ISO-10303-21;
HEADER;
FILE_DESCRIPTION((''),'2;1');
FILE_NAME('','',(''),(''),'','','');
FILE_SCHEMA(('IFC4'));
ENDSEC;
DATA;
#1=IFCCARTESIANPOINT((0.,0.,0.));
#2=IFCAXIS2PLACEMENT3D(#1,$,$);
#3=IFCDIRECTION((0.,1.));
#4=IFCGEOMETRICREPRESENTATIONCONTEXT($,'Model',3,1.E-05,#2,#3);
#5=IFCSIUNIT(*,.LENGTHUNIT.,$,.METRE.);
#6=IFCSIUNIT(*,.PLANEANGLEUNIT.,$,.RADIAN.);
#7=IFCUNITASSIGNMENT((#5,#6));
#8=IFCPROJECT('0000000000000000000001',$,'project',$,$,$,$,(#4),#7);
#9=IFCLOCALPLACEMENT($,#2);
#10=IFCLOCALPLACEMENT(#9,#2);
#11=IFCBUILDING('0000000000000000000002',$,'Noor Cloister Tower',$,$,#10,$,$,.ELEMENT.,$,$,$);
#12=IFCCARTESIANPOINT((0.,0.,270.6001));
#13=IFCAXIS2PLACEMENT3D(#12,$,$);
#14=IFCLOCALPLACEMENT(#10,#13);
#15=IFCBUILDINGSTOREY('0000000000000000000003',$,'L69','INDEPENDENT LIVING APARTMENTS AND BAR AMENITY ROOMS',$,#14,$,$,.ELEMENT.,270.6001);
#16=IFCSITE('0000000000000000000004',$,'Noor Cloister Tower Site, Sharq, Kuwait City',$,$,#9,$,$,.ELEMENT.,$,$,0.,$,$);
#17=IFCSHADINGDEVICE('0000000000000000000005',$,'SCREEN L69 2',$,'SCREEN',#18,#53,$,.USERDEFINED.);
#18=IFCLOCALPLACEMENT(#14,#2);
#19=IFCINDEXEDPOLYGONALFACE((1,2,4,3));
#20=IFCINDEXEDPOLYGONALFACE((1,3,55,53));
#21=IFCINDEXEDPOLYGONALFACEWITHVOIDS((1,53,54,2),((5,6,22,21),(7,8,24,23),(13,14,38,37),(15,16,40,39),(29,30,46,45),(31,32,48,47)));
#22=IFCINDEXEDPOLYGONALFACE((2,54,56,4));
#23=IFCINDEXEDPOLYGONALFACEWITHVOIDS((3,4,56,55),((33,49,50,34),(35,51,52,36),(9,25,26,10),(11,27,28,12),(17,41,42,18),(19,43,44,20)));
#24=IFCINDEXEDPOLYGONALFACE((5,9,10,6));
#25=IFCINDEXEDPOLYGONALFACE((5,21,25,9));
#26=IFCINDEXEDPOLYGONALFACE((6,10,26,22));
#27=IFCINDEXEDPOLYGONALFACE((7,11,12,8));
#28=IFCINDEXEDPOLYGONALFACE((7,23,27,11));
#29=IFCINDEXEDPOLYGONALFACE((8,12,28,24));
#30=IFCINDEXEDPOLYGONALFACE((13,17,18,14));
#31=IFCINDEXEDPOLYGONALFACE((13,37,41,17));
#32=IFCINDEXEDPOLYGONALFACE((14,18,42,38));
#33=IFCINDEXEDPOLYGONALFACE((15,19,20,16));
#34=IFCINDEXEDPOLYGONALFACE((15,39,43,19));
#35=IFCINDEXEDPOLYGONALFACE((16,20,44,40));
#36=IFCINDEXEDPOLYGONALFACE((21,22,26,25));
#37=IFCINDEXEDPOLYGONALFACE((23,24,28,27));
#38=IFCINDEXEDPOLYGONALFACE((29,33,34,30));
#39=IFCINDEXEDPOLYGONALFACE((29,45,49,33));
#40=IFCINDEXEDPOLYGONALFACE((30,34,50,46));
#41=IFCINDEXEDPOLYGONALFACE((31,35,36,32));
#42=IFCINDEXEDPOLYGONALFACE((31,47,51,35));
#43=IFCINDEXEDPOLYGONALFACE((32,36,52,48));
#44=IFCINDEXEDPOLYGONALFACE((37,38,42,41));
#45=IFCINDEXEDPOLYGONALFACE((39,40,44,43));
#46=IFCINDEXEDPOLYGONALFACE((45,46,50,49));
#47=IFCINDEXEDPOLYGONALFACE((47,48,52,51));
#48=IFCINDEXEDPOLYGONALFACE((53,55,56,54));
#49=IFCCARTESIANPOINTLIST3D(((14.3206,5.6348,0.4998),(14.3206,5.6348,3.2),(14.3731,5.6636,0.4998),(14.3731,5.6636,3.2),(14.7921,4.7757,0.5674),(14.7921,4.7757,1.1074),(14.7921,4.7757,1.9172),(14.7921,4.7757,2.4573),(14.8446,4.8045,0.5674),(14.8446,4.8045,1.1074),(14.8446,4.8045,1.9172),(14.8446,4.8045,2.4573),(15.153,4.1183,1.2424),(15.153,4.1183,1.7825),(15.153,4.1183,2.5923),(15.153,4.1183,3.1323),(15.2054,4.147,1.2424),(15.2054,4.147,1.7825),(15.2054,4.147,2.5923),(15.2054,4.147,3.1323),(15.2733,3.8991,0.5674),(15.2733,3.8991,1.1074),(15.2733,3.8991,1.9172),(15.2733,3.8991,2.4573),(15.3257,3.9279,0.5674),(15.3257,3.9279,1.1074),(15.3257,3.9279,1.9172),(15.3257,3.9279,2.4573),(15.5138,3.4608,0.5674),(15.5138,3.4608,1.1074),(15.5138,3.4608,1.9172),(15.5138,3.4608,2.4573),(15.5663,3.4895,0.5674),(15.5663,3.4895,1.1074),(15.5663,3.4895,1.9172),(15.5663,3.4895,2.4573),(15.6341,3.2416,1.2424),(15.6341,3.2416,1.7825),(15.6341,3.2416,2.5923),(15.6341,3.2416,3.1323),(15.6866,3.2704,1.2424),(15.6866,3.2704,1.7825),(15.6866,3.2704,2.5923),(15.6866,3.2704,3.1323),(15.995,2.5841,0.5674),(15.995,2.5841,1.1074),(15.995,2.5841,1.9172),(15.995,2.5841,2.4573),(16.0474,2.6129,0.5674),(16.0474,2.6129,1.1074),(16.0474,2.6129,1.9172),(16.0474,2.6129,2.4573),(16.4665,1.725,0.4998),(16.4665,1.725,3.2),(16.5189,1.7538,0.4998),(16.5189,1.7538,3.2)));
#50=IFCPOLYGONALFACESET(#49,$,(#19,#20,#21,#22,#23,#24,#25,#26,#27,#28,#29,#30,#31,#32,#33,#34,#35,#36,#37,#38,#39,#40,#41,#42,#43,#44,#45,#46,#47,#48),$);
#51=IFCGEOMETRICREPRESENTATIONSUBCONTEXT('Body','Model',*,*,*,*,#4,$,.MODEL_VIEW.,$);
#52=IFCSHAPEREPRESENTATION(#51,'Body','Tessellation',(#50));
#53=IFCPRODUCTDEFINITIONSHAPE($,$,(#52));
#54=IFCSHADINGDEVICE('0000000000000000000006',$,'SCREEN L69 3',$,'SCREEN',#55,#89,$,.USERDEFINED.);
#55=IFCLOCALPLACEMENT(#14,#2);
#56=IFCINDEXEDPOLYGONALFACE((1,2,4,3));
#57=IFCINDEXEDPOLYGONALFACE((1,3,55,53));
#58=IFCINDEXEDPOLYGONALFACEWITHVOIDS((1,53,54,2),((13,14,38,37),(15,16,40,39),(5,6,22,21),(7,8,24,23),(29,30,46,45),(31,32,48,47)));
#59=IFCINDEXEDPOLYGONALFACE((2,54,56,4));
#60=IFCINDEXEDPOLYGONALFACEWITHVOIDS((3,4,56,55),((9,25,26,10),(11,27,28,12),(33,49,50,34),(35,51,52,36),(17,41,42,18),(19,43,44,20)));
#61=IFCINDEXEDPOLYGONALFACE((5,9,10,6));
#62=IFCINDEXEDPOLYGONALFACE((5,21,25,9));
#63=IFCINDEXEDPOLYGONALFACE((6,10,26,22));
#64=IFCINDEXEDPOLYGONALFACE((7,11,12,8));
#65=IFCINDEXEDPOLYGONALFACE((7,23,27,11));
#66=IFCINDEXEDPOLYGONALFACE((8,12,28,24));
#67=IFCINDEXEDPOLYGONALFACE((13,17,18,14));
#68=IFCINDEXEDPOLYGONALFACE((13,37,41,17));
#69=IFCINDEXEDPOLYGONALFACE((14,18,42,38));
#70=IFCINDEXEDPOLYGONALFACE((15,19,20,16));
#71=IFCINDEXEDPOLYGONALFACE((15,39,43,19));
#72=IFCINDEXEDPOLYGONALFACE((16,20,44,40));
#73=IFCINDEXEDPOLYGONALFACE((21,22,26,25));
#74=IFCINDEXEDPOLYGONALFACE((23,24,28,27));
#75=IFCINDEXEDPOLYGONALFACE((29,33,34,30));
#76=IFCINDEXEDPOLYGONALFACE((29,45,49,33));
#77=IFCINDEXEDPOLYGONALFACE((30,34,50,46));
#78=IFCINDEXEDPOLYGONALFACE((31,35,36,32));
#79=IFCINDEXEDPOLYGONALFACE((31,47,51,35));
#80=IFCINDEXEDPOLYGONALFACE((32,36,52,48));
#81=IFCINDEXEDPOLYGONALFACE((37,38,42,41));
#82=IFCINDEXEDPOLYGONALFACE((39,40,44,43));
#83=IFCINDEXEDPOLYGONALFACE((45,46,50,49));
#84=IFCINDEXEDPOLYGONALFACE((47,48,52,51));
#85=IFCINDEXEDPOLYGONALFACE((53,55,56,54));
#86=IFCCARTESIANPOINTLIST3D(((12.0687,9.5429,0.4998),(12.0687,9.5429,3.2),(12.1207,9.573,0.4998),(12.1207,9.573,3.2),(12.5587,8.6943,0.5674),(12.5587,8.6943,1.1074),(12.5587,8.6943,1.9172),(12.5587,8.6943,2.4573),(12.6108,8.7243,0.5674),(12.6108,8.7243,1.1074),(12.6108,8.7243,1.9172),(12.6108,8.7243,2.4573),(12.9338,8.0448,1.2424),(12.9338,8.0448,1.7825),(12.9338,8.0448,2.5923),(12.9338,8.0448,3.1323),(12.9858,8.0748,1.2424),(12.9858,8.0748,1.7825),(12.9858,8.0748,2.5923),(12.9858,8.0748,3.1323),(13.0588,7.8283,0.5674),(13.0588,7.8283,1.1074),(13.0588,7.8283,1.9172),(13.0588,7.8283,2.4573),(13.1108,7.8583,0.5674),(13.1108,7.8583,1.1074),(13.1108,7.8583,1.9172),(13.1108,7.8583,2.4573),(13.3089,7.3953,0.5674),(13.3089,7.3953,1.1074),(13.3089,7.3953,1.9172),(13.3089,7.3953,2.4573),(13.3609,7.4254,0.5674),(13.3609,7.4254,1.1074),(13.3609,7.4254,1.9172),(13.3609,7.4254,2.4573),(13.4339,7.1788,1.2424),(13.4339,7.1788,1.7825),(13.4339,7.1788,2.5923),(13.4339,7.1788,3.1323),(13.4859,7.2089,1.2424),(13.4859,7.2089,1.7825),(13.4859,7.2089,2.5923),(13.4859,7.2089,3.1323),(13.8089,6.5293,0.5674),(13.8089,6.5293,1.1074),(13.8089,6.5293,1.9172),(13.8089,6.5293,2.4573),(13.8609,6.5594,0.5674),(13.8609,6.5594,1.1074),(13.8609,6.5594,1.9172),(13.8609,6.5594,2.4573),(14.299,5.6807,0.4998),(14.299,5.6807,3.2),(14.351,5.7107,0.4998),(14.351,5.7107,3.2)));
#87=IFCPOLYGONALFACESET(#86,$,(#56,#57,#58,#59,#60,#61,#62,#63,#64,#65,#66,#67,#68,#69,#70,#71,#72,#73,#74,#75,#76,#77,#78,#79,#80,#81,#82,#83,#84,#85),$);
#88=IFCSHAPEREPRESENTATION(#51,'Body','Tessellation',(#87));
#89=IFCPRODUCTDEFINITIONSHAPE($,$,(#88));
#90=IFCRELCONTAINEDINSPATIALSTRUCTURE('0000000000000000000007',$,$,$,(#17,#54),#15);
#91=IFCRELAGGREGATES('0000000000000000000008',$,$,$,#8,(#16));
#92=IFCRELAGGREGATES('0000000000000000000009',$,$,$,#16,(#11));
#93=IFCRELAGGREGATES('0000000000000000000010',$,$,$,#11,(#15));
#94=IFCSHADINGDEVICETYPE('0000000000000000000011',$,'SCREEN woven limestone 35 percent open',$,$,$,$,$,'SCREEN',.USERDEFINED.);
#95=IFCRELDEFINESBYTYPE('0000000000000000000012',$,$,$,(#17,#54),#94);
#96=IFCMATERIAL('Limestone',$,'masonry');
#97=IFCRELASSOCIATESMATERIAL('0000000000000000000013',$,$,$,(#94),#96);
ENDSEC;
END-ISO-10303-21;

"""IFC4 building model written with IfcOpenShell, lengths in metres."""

from ifc_helpers import new_model, si_unit, direction, frame, origin, place, context, subcontext, project, spatial, polyline, outline, extrude, material, material_profile, profile_set, type_object, element, save


model = new_model("IFC4")

# Units and contexts
model_context = context("Model", 3, precision=1e-05, world=origin(), true_north=direction((0.0, 1.0)))
body_context = subcontext(model_context, "Body", "Model", "MODEL_VIEW")
ifc_project = project(units=[si_unit("LENGTHUNIT", "METRE"), si_unit("PLANEANGLEUNIT", "RADIAN")], contexts=[model_context])

# Site, building, storey
site_placement = place(None, origin())
site = spatial("IfcSite", under=ifc_project, at=site_placement, Name="Noor Cloister Tower Site, Sharq, Kuwait City", CompositionType="ELEMENT", RefElevation=0.0)
building_placement = place(site_placement, origin())
building = spatial("IfcBuilding", under=site, at=building_placement, Name="Noor Cloister Tower", CompositionType="ELEMENT")
storey_placement = place(building_placement, frame((0.0, 0.0, 270.6001)))
storey = spatial("IfcBuildingStorey", under=building, at=storey_placement, Name="L69", Description="INDEPENDENT LIVING APARTMENTS AND BAR AMENITY ROOMS", CompositionType="ELEMENT", Elevation=270.6001)

# Shading devices
ifc_material_1 = material(Name="Limestone", Category="masonry")
ifc_material_profile_1 = material_profile(ifc_material_1, outline(polyline([(-2.23, -1.3501), (2.23, -1.3501), (2.23, 1.3501), (-2.23, 1.3501), (-2.23, -1.3501)]), holes=[polyline([(-1.25, -1.2825), (-0.25, -1.2825), (-0.25, -0.7424), (-1.25, -0.7424), (-1.25, -1.2825)]), polyline([(0.25, -1.2825), (1.25, -1.2825), (1.25, -0.7424), (0.25, -0.7424), (0.25, -1.2825)]), polyline([(-0.5, -0.6074), (0.5, -0.6074), (0.5, -0.0674), (-0.5, -0.0674), (-0.5, -0.6074)]), polyline([(-1.25, 0.0674), (-0.25, 0.0674), (-0.25, 0.6074), (-1.25, 0.6074), (-1.25, 0.0674)]), polyline([(0.25, 0.0674), (1.25, 0.0674), (1.25, 0.6074), (0.25, 0.6074), (0.25, 0.0674)]), polyline([(-0.5, 0.7424), (0.5, 0.7424), (0.5, 1.2825), (-0.5, 1.2825), (-0.5, 0.7424)])]), Name="Woven screen 35 percent open")
ifc_profile_set_1 = profile_set([ifc_material_profile_1], Name="Limestone")
shading_device_type = type_object("IfcShadingDeviceType", Name="SCREEN woven limestone 35 percent open", ElementType="SCREEN", PredefinedType="USERDEFINED", material=ifc_profile_set_1)
shading_device_1_placement = place(storey_placement, frame((15.3936, 3.6799, 1.8499), z_axis=(0.876646, 0.481136, 0.0), x_axis=(-0.481136, 0.876646, 0.0)))
element("IfcShadingDevice", 1, at=shading_device_1_placement, inside=storey, type_object=shading_device_type, Name="SCREEN L69 2", ObjectType="SCREEN", PredefinedType="USERDEFINED", context=body_context, shape_type="SweptSolid", body=[
    extrude(outline(polyline([(-2.23, -1.3501), (2.23, -1.3501), (2.23, 1.3501), (-2.23, 1.3501), (-2.23, -1.3501)]), holes=[polyline([(-1.25, -1.2825), (-0.25, -1.2825), (-0.25, -0.7424), (-1.25, -0.7424), (-1.25, -1.2825)]), polyline([(0.25, -1.2825), (1.25, -1.2825), (1.25, -0.7424), (0.25, -0.7424), (0.25, -1.2825)]), polyline([(-0.5, -0.6074), (0.5, -0.6074), (0.5, -0.0674), (-0.5, -0.0674), (-0.5, -0.6074)]), polyline([(-1.25, 0.0674), (-0.25, 0.0674), (-0.25, 0.6074), (-1.25, 0.6074), (-1.25, 0.0674)]), polyline([(0.25, 0.0674), (1.25, 0.0674), (1.25, 0.6074), (0.25, 0.6074), (0.25, 0.0674)]), polyline([(-0.5, 0.7424), (0.5, 0.7424), (0.5, 1.2825), (-0.5, 1.2825), (-0.5, 0.7424)])]), origin(), (0.0, 0.0, 1.0), 0.0598),
])
shading_device_2_placement = place(storey_placement, frame((13.1838, 7.6118, 1.8499), z_axis=(0.865982, 0.500074, 0.0), x_axis=(-0.500074, 0.865982, 0.0)))
element("IfcShadingDevice", 2, at=shading_device_2_placement, inside=storey, type_object=shading_device_type, Name="SCREEN L69 3", ObjectType="SCREEN", PredefinedType="USERDEFINED", context=body_context, shape_type="SweptSolid", body=[
    extrude(outline(polyline([(-2.23, -1.3501), (2.23, -1.3501), (2.23, 1.3501), (-2.23, 1.3501), (-2.23, -1.3501)]), holes=[polyline([(-1.25, -1.2825), (-0.25, -1.2825), (-0.25, -0.7424), (-1.25, -0.7424), (-1.25, -1.2825)]), polyline([(0.25, -1.2825), (1.25, -1.2825), (1.25, -0.7424), (0.25, -0.7424), (0.25, -1.2825)]), polyline([(-0.5, -0.6074), (0.5, -0.6074), (0.5, -0.0674), (-0.5, -0.0674), (-0.5, -0.6074)]), polyline([(-1.25, 0.0674), (-0.25, 0.0674), (-0.25, 0.6074), (-1.25, 0.6074), (-1.25, 0.0674)]), polyline([(0.25, 0.0674), (1.25, 0.0674), (1.25, 0.6074), (0.25, 0.6074), (0.25, 0.0674)]), polyline([(-0.5, 0.7424), (0.5, 0.7424), (0.5, 1.2825), (-0.5, 1.2825), (-0.5, 0.7424)])]), origin(), (0.0, 0.0, 1.0), 0.0601),
])

save(model, "model.ifc")
